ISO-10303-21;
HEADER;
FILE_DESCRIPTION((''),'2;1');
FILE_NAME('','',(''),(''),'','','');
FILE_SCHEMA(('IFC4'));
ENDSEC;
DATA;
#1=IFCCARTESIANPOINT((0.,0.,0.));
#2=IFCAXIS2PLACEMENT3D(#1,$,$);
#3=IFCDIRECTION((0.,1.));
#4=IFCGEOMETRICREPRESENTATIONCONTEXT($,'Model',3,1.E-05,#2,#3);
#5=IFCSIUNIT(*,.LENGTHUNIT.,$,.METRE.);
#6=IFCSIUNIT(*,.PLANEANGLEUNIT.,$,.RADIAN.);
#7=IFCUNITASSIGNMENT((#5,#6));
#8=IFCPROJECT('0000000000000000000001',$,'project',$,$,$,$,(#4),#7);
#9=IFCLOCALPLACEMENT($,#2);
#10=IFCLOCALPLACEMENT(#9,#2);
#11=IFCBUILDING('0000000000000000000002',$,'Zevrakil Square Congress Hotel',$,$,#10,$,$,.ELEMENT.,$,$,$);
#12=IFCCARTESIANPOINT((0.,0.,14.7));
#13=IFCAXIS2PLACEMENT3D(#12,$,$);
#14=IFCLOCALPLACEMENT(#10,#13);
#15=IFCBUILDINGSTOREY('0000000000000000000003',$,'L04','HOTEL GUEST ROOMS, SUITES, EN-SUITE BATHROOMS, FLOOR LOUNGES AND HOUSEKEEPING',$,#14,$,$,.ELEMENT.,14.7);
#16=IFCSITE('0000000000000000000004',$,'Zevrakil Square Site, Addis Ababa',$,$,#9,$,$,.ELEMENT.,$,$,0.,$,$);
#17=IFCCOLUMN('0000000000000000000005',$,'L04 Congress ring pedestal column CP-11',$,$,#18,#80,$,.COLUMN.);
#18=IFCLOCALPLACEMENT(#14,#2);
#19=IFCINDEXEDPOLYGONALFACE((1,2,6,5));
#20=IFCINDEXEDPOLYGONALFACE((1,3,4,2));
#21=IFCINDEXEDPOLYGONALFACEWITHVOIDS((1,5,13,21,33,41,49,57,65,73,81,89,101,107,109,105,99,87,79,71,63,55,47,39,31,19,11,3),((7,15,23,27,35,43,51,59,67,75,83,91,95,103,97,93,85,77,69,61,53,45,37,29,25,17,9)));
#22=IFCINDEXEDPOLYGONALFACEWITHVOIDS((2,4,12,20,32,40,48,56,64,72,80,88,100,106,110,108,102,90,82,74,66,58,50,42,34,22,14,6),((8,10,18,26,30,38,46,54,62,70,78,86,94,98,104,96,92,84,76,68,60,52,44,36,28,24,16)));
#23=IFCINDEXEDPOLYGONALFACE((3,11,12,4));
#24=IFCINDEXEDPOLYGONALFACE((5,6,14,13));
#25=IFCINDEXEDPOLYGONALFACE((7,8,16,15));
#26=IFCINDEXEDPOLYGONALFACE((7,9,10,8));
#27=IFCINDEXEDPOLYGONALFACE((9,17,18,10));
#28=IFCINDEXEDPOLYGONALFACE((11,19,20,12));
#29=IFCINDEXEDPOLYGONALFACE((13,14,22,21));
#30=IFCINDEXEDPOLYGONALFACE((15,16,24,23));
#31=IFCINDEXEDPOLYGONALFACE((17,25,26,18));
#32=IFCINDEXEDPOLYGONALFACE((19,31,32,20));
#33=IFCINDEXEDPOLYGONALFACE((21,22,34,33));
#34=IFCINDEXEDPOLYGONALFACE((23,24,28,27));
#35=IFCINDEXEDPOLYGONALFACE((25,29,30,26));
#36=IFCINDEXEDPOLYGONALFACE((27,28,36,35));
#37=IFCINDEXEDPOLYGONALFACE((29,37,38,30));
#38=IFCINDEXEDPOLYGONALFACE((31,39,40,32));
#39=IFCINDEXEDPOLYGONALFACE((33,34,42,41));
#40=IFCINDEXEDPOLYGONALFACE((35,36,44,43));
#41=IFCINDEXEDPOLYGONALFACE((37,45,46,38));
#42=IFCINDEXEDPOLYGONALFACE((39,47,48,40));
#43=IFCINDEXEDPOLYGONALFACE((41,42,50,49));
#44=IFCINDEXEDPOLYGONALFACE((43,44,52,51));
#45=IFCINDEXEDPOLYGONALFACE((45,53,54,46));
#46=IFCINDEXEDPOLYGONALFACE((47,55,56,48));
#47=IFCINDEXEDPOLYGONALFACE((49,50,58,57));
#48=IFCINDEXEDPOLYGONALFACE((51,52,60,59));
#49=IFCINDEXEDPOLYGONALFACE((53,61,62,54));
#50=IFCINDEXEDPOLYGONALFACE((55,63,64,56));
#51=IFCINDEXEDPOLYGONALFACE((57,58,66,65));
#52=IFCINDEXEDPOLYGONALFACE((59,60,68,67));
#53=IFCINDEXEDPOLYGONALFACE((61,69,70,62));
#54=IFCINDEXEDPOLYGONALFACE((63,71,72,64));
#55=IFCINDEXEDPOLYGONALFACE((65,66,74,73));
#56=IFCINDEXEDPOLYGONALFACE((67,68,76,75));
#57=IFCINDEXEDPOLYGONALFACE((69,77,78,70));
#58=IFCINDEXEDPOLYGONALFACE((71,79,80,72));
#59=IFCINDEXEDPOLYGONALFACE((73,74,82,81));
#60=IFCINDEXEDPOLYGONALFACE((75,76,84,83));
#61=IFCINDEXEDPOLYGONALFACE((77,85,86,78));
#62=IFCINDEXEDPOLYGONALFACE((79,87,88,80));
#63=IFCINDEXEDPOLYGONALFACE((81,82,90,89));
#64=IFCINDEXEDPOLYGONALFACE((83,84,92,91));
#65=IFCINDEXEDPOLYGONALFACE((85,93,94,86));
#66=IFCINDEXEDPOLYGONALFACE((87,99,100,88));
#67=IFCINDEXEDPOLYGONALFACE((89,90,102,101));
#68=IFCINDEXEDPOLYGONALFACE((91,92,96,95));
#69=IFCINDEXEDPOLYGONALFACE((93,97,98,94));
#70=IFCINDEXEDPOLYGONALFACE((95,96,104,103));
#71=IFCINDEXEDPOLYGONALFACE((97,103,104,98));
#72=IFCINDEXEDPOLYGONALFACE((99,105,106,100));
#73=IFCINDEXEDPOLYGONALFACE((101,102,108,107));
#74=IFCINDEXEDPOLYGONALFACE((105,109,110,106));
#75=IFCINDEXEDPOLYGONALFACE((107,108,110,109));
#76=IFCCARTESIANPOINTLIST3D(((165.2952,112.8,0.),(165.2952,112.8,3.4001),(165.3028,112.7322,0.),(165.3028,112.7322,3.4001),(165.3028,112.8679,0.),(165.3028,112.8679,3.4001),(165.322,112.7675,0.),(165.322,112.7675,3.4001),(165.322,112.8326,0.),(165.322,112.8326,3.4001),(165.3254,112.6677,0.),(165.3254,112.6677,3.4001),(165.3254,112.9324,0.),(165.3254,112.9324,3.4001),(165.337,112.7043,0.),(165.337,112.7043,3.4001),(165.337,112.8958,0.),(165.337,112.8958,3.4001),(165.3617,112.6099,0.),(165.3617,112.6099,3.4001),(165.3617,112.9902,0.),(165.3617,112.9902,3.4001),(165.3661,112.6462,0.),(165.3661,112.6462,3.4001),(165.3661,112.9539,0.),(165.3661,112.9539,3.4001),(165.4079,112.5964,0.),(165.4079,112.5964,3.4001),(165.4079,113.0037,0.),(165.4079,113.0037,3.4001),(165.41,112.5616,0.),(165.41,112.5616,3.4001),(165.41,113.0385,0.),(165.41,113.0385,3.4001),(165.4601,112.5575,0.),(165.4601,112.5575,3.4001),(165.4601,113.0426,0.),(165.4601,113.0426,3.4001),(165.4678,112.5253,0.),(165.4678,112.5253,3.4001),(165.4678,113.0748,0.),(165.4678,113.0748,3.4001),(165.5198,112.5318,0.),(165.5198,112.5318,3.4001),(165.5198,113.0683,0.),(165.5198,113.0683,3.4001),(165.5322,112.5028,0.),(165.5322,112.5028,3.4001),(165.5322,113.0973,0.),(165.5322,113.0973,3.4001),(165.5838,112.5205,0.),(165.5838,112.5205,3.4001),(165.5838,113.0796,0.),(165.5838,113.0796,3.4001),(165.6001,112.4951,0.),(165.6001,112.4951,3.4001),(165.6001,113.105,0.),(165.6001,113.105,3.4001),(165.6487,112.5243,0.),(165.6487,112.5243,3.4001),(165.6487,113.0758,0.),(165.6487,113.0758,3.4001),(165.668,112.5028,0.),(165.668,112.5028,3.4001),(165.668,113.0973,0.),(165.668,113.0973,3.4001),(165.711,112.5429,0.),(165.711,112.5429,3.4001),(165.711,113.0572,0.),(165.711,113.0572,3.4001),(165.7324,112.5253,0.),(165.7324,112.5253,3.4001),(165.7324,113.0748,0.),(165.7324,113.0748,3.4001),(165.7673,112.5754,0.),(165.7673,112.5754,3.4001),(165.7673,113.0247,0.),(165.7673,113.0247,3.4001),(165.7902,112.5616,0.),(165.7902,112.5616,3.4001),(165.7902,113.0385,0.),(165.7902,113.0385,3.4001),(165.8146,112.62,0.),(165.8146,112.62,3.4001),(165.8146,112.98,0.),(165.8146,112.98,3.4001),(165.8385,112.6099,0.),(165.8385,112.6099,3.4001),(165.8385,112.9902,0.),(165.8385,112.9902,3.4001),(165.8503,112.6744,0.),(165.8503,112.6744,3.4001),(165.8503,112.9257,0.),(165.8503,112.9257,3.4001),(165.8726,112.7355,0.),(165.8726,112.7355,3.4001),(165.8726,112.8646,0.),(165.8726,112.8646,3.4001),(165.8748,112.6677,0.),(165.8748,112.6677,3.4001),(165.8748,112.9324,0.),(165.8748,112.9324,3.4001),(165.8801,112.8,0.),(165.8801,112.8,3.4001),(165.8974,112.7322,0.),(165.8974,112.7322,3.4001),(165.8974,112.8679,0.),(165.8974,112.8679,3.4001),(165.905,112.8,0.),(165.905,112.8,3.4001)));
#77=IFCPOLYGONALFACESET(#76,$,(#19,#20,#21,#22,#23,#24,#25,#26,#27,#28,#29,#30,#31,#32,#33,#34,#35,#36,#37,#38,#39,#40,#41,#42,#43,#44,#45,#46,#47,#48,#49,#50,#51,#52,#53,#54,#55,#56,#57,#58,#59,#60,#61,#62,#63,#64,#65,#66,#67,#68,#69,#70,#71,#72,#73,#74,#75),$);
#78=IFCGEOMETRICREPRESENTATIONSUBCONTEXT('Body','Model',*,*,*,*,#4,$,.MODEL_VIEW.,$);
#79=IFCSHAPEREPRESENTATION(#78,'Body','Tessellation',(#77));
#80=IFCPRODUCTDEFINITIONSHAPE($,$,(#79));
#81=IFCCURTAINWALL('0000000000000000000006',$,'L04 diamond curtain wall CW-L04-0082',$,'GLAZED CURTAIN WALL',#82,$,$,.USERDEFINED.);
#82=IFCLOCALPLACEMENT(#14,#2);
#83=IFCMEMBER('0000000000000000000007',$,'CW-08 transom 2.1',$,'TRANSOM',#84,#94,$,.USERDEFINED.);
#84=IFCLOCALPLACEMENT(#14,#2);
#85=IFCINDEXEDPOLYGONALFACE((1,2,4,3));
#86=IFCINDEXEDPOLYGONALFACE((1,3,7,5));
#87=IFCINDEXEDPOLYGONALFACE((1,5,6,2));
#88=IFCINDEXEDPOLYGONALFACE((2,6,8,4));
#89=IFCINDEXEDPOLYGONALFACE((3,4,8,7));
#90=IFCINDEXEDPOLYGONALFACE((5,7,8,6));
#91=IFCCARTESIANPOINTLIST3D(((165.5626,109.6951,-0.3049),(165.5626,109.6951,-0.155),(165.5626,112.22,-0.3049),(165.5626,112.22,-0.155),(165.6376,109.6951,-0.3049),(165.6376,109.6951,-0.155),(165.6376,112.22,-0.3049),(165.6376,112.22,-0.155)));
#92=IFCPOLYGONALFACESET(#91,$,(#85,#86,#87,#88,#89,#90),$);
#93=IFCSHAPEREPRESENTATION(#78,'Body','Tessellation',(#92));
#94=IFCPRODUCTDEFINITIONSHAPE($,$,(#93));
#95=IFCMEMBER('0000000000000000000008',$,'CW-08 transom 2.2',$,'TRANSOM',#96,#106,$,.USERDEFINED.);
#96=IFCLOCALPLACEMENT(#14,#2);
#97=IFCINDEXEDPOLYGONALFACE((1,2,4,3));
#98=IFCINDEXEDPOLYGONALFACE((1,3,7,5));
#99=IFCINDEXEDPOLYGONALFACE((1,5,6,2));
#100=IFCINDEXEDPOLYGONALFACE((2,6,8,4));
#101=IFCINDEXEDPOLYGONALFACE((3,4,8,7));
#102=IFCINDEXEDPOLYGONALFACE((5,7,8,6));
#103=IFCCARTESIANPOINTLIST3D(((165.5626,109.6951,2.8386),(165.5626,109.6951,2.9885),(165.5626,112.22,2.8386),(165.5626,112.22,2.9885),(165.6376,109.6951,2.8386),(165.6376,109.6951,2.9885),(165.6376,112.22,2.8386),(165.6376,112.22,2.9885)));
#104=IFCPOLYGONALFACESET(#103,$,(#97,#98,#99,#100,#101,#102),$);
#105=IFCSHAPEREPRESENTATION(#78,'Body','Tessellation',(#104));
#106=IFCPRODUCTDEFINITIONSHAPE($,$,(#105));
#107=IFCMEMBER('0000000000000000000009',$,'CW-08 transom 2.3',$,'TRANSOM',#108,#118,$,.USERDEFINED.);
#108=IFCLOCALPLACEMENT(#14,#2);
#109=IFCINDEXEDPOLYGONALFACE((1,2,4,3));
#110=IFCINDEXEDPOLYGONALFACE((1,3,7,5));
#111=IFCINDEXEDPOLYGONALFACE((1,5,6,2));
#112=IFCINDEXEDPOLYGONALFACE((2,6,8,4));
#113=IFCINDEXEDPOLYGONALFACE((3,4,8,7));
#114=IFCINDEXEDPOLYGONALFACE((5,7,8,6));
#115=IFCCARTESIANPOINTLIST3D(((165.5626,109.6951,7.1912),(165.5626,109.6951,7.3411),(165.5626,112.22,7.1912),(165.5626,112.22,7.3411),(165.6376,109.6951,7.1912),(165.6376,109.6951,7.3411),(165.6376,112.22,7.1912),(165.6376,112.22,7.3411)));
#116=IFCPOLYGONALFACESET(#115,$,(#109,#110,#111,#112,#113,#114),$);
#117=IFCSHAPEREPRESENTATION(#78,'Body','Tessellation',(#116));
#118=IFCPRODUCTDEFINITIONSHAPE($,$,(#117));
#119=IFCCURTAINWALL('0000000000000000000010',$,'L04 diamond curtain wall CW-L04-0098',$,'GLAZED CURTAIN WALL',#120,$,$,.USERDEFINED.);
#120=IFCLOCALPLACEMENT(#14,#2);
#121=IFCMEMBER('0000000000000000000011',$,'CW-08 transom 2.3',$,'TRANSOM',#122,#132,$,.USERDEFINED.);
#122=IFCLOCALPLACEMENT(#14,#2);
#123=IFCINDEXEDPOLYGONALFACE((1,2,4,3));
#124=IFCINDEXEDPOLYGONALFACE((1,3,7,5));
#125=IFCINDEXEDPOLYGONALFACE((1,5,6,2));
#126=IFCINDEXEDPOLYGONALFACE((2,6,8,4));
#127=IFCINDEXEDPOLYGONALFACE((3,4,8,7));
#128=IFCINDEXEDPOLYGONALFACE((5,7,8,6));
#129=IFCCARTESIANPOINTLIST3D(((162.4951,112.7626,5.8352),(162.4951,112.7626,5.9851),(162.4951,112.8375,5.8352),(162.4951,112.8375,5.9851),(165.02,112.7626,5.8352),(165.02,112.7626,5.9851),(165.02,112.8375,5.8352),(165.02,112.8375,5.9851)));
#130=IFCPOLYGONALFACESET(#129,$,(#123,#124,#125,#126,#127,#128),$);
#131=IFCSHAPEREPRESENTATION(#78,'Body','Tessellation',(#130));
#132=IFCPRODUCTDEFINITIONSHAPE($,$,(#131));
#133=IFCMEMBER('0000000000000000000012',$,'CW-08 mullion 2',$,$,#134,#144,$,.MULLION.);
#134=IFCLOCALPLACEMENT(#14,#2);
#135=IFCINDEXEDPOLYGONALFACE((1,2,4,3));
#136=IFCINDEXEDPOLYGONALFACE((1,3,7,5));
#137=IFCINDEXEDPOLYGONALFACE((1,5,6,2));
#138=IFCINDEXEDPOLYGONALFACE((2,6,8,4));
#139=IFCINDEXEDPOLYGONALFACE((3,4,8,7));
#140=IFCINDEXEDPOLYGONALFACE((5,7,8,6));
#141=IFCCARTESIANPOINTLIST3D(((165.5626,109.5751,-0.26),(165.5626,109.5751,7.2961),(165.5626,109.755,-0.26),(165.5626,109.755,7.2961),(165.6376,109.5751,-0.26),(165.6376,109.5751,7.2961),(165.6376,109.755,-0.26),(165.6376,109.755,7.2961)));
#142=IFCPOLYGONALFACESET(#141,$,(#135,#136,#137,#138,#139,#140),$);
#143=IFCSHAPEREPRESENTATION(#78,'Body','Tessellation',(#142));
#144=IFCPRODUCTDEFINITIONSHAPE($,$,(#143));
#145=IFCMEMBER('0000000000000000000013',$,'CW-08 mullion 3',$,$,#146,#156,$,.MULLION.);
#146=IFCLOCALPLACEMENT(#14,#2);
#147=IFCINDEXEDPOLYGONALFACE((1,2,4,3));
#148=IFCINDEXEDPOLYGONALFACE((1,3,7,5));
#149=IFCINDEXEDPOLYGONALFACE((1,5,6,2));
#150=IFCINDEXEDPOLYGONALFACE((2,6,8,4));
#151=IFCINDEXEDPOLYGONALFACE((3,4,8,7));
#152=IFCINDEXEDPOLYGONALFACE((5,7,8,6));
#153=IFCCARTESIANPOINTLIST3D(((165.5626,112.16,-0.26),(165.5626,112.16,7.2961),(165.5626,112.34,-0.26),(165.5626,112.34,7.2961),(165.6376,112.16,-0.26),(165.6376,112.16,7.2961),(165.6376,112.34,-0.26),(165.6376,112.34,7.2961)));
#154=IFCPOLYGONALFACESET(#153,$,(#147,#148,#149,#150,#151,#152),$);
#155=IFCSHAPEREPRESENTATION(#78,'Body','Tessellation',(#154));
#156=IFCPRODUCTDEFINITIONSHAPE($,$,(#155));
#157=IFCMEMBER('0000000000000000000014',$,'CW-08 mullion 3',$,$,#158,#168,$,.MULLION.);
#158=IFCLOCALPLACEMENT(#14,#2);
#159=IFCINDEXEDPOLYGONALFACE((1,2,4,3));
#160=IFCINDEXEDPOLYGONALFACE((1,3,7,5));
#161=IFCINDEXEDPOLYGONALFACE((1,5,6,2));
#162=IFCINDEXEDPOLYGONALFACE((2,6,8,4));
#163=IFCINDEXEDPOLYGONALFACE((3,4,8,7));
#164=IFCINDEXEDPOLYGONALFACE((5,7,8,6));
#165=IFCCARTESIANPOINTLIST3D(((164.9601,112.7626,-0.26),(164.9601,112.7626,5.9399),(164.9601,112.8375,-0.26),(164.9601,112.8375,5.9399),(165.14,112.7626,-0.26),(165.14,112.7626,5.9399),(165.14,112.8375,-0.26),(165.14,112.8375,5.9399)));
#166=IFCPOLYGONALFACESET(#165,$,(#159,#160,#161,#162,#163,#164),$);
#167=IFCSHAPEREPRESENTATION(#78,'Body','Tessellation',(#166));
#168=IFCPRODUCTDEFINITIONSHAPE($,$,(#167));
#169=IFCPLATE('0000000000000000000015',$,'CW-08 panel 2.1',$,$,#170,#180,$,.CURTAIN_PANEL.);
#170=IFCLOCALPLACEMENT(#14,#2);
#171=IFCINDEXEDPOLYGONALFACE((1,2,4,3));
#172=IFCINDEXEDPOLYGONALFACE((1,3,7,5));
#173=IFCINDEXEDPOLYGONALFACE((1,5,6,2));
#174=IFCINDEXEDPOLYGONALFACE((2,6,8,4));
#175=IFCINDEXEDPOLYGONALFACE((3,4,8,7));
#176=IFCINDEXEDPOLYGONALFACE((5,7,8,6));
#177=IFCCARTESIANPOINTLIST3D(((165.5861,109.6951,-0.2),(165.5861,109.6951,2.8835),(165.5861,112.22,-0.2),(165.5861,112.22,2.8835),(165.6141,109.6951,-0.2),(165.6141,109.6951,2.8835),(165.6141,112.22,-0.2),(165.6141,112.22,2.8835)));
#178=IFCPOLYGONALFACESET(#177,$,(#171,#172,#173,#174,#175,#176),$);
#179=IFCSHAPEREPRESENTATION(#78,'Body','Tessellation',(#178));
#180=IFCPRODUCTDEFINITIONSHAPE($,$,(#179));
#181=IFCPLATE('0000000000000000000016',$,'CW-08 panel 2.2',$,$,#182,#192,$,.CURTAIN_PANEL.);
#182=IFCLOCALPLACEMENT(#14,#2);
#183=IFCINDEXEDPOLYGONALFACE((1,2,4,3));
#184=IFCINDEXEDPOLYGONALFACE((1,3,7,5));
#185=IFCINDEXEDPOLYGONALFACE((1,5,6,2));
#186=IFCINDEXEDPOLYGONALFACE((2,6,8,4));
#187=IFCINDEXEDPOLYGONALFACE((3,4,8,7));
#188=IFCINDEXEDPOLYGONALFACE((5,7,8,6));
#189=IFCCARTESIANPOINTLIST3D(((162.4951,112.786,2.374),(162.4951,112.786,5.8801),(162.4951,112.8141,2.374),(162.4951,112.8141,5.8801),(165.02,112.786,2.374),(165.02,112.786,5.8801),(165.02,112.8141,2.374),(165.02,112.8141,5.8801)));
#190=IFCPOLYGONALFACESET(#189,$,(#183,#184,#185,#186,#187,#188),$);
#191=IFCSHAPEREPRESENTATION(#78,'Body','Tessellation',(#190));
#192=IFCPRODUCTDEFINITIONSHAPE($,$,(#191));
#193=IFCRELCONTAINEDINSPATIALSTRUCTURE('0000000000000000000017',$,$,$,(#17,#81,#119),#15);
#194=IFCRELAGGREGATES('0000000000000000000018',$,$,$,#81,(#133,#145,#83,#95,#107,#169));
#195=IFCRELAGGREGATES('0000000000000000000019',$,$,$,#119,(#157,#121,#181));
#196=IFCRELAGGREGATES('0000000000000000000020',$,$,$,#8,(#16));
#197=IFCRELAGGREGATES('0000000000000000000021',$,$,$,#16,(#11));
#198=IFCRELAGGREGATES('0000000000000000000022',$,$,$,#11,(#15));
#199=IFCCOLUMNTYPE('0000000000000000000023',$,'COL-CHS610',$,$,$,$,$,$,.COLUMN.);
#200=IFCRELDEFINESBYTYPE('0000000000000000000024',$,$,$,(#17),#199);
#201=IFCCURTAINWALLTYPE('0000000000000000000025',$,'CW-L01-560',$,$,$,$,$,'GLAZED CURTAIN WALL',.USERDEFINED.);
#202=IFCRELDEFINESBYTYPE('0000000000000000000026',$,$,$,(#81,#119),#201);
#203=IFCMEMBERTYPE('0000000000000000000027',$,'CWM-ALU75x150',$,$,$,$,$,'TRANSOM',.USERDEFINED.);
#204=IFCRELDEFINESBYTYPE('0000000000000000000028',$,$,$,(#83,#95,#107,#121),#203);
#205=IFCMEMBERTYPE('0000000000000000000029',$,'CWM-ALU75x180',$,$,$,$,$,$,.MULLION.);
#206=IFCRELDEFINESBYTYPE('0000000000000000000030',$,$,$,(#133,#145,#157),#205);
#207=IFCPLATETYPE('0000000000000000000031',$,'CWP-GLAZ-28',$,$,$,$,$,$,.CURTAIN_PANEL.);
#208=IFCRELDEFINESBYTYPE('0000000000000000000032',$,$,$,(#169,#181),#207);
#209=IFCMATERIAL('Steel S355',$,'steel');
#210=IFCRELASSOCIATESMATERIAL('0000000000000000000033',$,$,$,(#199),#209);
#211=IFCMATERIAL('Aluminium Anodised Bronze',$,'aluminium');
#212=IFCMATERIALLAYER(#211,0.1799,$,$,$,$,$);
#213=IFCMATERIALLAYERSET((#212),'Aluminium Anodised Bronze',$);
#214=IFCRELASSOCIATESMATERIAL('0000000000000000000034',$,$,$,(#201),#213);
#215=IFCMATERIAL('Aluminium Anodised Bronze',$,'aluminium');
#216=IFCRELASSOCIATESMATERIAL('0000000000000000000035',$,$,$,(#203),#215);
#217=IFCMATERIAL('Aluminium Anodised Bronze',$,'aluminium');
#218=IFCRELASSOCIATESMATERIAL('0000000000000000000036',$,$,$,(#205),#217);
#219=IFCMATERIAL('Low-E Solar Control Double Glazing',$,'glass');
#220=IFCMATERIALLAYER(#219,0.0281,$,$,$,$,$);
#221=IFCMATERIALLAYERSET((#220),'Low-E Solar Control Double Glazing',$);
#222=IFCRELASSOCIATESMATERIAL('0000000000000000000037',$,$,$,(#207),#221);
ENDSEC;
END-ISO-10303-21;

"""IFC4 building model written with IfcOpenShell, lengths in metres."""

from ifc_helpers import new_model, si_unit, direction, frame, origin, origin_2d, place, context, subcontext, project, spatial, rectangle, hollow_circle, extrude, material, layer, layer_set, material_profile, profile_set, type_object, element, aggregate, save


model = new_model("IFC4")

# Units and contexts
model_context = context("Model", 3, precision=1e-05, world=origin(), true_north=direction((0.0, 1.0)))
body_context = subcontext(model_context, "Body", "Model", "MODEL_VIEW")
ifc_project = project(units=[si_unit("LENGTHUNIT", "METRE"), si_unit("PLANEANGLEUNIT", "RADIAN")], contexts=[model_context])

# Site, building, storey
site_placement = place(None, origin())
site = spatial("IfcSite", under=ifc_project, at=site_placement, Name="Zevrakil Square Site, Addis Ababa", CompositionType="ELEMENT", RefElevation=0.0)
building_placement = place(site_placement, origin())
building = spatial("IfcBuilding", under=site, at=building_placement, Name="Zevrakil Square Congress Hotel", CompositionType="ELEMENT")
storey_placement = place(building_placement, frame((0.0, 0.0, 14.7)))
storey = spatial("IfcBuildingStorey", under=building, at=storey_placement, Name="L04", Description="HOTEL GUEST ROOMS, SUITES, EN-SUITE BATHROOMS, FLOOR LOUNGES AND HOUSEKEEPING", CompositionType="ELEMENT", Elevation=14.7)

# Column
ifc_material_1 = material(Name="Steel S355", Category="steel")
ifc_material_profile_1 = material_profile(ifc_material_1, hollow_circle(Radius=0.3049, WallThickness=0.0249, at=origin_2d()), Name="CHS 610x25")
ifc_profile_set_1 = profile_set([ifc_material_profile_1], Name="Steel S355")
column_type = type_object("IfcColumnType", Name="COL-CHS610", PredefinedType="COLUMN", material=ifc_profile_set_1)
column_placement = place(storey_placement, frame((165.6001, 112.8, 0.0), z_axis=(0.0, 0.0, 1.0), x_axis=(1.0, 0.0, 0.0)))
element("IfcColumn", 1, at=column_placement, inside=storey, type_object=column_type, Name="L04 Congress ring pedestal column CP-11", PredefinedType="COLUMN", context=body_context, shape_type="SweptSolid", body=[
    extrude(hollow_circle(Radius=0.3049, WallThickness=0.0249, at=origin_2d()), origin(), (0.0, 0.0, 1.0), 3.4001),
])

# Curtain wall, members
ifc_material_2 = material(Name="Aluminium Anodised Bronze", Category="aluminium")
ifc_layer_1 = layer(ifc_material_2, 0.1799)
ifc_layer_set_1 = layer_set([ifc_layer_1], Name="Aluminium Anodised Bronze")
curtain_wall_type = type_object("IfcCurtainWallType", Name="CW-L01-560", ElementType="GLAZED CURTAIN WALL", PredefinedType="USERDEFINED", material=ifc_layer_set_1)
curtain_wall_1_placement = place(storey_placement, origin())
curtain_wall_1 = element("IfcCurtainWall", 2, at=curtain_wall_1_placement, inside=storey, type_object=curtain_wall_type, Name="L04 diamond curtain wall CW-L04-0082", ObjectType="GLAZED CURTAIN WALL", PredefinedType="USERDEFINED")
ifc_material_3 = material(Name="Aluminium Anodised Bronze", Category="aluminium")
ifc_material_profile_2 = material_profile(ifc_material_3, rectangle(XDim=0.075, YDim=0.1499, at=origin_2d()), Name="ALU 75x150")
ifc_profile_set_2 = profile_set([ifc_material_profile_2], Name="Aluminium Anodised Bronze")
member_type_1 = type_object("IfcMemberType", Name="CWM-ALU75x150", ElementType="TRANSOM", PredefinedType="USERDEFINED", material=ifc_profile_set_2)
member_1_placement = place(storey_placement, frame((165.6001, 109.6951, -0.23), z_axis=(0.0, 1.0, 0.0), x_axis=(-1.0, 0.0, 0.0)))
member_1 = element("IfcMember", 3, at=member_1_placement, type_object=member_type_1, Name="CW-08 transom 2.1", ObjectType="TRANSOM", PredefinedType="USERDEFINED", context=body_context, shape_type="SweptSolid", body=[
    extrude(rectangle(XDim=0.075, YDim=0.1499, at=origin_2d()), origin(), (0.0, 0.0, 1.0), 2.5249),
])
member_2_placement = place(storey_placement, frame((165.6001, 109.6951, 2.9136), z_axis=(0.0, 1.0, 0.0), x_axis=(-1.0, 0.0, 0.0)))
member_2 = element("IfcMember", 4, at=member_2_placement, type_object=member_type_1, Name="CW-08 transom 2.2", ObjectType="TRANSOM", PredefinedType="USERDEFINED", context=body_context, shape_type="SweptSolid", body=[
    extrude(rectangle(XDim=0.075, YDim=0.1499, at=origin_2d()), origin(), (0.0, 0.0, 1.0), 2.5249),
])
member_3_placement = place(storey_placement, frame((165.6001, 109.6951, 7.2661), z_axis=(0.0, 1.0, 0.0), x_axis=(-1.0, 0.0, 0.0)))
member_3 = element("IfcMember", 5, at=member_3_placement, type_object=member_type_1, Name="CW-08 transom 2.3", ObjectType="TRANSOM", PredefinedType="USERDEFINED", context=body_context, shape_type="SweptSolid", body=[
    extrude(rectangle(XDim=0.075, YDim=0.1499, at=origin_2d()), origin(), (0.0, 0.0, 1.0), 2.5249),
])

# Curtain wall, member
curtain_wall_2_placement = place(storey_placement, origin())
curtain_wall_2 = element("IfcCurtainWall", 6, at=curtain_wall_2_placement, inside=storey, type_object=curtain_wall_type, Name="L04 diamond curtain wall CW-L04-0098", ObjectType="GLAZED CURTAIN WALL", PredefinedType="USERDEFINED")
member_4_placement = place(storey_placement, frame((162.4951, 112.8, 5.9102), z_axis=(1.0, 0.0, 0.0), x_axis=(0.0, 1.0, 0.0)))
member_4 = element("IfcMember", 7, at=member_4_placement, type_object=member_type_1, Name="CW-08 transom 2.3", ObjectType="TRANSOM", PredefinedType="USERDEFINED", context=body_context, shape_type="SweptSolid", body=[
    extrude(rectangle(XDim=0.075, YDim=0.1499, at=origin_2d()), origin(), (0.0, 0.0, 1.0), 2.5249),
])

# Members
ifc_material_4 = material(Name="Aluminium Anodised Bronze", Category="aluminium")
ifc_material_profile_3 = material_profile(ifc_material_4, rectangle(XDim=0.075, YDim=0.1799, at=origin_2d()), Name="ALU 75x180")
ifc_profile_set_3 = profile_set([ifc_material_profile_3], Name="Aluminium Anodised Bronze")
member_type_2 = type_object("IfcMemberType", Name="CWM-ALU75x180", PredefinedType="MULLION", material=ifc_profile_set_3)
member_5_placement = place(storey_placement, frame((165.6001, 109.665, -0.26), z_axis=(0.0, 0.0, 1.0), x_axis=(-1.0, 0.0, 0.0)))
member_5 = element("IfcMember", 8, at=member_5_placement, type_object=member_type_2, Name="CW-08 mullion 2", PredefinedType="MULLION", context=body_context, shape_type="SweptSolid", body=[
    extrude(rectangle(XDim=0.075, YDim=0.1799, at=origin_2d()), origin(), (0.0, 0.0, 1.0), 7.5562),
])
member_6_placement = place(storey_placement, frame((165.6001, 112.25, -0.26), z_axis=(0.0, 0.0, 1.0), x_axis=(-1.0, 0.0, 0.0)))
member_6 = element("IfcMember", 9, at=member_6_placement, type_object=member_type_2, Name="CW-08 mullion 3", PredefinedType="MULLION", context=body_context, shape_type="SweptSolid", body=[
    extrude(rectangle(XDim=0.075, YDim=0.1799, at=origin_2d()), origin(), (0.0, 0.0, 1.0), 7.5562),
])
member_7_placement = place(storey_placement, frame((165.05, 112.8, -0.26), z_axis=(0.0, 0.0, 1.0), x_axis=(0.0, 1.0, 0.0)))
member_7 = element("IfcMember", 10, at=member_7_placement, type_object=member_type_2, Name="CW-08 mullion 3", PredefinedType="MULLION", context=body_context, shape_type="SweptSolid", body=[
    extrude(rectangle(XDim=0.075, YDim=0.1799, at=origin_2d()), origin(), (0.0, 0.0, 1.0), 6.2),
])

# Plates
ifc_material_5 = material(Name="Low-E Solar Control Double Glazing", Category="glass")
ifc_layer_2 = layer(ifc_material_5, 0.0281)
ifc_layer_set_2 = layer_set([ifc_layer_2], Name="Low-E Solar Control Double Glazing")
plate_type_1 = type_object("IfcPlateType", Name="CWP-GLAZ-28", PredefinedType="CURTAIN_PANEL", material=ifc_layer_set_2)
plate_1_placement = place(storey_placement, frame((165.6001, 110.9575, -0.2), z_axis=(0.0, 0.0, 1.0), x_axis=(0.0, 1.0, 0.0)))
plate_1 = element("IfcPlate", 11, at=plate_1_placement, type_object=plate_type_1, Name="CW-08 panel 2.1", PredefinedType="CURTAIN_PANEL", context=body_context, shape_type="SweptSolid", body=[
    extrude(rectangle(XDim=2.5249, YDim=0.0281, at=origin_2d()), origin(), (0.0, 0.0, 1.0), 3.0835),
])
plate_2_placement = place(storey_placement, frame((163.7576, 112.8, 2.374), z_axis=(0.0, 0.0, 1.0), x_axis=(1.0, 0.0, 0.0)))
plate_2 = element("IfcPlate", 12, at=plate_2_placement, type_object=plate_type_1, Name="CW-08 panel 2.2", PredefinedType="CURTAIN_PANEL", context=body_context, shape_type="SweptSolid", body=[
    extrude(rectangle(XDim=2.5249, YDim=0.0281, at=origin_2d()), origin(), (0.0, 0.0, 1.0), 3.5061),
])
aggregate(curtain_wall_1, [member_5, member_6, member_1, member_2, member_3, plate_1])
aggregate(curtain_wall_2, [member_7, member_4, plate_2])

save(model, "model.ifc")
